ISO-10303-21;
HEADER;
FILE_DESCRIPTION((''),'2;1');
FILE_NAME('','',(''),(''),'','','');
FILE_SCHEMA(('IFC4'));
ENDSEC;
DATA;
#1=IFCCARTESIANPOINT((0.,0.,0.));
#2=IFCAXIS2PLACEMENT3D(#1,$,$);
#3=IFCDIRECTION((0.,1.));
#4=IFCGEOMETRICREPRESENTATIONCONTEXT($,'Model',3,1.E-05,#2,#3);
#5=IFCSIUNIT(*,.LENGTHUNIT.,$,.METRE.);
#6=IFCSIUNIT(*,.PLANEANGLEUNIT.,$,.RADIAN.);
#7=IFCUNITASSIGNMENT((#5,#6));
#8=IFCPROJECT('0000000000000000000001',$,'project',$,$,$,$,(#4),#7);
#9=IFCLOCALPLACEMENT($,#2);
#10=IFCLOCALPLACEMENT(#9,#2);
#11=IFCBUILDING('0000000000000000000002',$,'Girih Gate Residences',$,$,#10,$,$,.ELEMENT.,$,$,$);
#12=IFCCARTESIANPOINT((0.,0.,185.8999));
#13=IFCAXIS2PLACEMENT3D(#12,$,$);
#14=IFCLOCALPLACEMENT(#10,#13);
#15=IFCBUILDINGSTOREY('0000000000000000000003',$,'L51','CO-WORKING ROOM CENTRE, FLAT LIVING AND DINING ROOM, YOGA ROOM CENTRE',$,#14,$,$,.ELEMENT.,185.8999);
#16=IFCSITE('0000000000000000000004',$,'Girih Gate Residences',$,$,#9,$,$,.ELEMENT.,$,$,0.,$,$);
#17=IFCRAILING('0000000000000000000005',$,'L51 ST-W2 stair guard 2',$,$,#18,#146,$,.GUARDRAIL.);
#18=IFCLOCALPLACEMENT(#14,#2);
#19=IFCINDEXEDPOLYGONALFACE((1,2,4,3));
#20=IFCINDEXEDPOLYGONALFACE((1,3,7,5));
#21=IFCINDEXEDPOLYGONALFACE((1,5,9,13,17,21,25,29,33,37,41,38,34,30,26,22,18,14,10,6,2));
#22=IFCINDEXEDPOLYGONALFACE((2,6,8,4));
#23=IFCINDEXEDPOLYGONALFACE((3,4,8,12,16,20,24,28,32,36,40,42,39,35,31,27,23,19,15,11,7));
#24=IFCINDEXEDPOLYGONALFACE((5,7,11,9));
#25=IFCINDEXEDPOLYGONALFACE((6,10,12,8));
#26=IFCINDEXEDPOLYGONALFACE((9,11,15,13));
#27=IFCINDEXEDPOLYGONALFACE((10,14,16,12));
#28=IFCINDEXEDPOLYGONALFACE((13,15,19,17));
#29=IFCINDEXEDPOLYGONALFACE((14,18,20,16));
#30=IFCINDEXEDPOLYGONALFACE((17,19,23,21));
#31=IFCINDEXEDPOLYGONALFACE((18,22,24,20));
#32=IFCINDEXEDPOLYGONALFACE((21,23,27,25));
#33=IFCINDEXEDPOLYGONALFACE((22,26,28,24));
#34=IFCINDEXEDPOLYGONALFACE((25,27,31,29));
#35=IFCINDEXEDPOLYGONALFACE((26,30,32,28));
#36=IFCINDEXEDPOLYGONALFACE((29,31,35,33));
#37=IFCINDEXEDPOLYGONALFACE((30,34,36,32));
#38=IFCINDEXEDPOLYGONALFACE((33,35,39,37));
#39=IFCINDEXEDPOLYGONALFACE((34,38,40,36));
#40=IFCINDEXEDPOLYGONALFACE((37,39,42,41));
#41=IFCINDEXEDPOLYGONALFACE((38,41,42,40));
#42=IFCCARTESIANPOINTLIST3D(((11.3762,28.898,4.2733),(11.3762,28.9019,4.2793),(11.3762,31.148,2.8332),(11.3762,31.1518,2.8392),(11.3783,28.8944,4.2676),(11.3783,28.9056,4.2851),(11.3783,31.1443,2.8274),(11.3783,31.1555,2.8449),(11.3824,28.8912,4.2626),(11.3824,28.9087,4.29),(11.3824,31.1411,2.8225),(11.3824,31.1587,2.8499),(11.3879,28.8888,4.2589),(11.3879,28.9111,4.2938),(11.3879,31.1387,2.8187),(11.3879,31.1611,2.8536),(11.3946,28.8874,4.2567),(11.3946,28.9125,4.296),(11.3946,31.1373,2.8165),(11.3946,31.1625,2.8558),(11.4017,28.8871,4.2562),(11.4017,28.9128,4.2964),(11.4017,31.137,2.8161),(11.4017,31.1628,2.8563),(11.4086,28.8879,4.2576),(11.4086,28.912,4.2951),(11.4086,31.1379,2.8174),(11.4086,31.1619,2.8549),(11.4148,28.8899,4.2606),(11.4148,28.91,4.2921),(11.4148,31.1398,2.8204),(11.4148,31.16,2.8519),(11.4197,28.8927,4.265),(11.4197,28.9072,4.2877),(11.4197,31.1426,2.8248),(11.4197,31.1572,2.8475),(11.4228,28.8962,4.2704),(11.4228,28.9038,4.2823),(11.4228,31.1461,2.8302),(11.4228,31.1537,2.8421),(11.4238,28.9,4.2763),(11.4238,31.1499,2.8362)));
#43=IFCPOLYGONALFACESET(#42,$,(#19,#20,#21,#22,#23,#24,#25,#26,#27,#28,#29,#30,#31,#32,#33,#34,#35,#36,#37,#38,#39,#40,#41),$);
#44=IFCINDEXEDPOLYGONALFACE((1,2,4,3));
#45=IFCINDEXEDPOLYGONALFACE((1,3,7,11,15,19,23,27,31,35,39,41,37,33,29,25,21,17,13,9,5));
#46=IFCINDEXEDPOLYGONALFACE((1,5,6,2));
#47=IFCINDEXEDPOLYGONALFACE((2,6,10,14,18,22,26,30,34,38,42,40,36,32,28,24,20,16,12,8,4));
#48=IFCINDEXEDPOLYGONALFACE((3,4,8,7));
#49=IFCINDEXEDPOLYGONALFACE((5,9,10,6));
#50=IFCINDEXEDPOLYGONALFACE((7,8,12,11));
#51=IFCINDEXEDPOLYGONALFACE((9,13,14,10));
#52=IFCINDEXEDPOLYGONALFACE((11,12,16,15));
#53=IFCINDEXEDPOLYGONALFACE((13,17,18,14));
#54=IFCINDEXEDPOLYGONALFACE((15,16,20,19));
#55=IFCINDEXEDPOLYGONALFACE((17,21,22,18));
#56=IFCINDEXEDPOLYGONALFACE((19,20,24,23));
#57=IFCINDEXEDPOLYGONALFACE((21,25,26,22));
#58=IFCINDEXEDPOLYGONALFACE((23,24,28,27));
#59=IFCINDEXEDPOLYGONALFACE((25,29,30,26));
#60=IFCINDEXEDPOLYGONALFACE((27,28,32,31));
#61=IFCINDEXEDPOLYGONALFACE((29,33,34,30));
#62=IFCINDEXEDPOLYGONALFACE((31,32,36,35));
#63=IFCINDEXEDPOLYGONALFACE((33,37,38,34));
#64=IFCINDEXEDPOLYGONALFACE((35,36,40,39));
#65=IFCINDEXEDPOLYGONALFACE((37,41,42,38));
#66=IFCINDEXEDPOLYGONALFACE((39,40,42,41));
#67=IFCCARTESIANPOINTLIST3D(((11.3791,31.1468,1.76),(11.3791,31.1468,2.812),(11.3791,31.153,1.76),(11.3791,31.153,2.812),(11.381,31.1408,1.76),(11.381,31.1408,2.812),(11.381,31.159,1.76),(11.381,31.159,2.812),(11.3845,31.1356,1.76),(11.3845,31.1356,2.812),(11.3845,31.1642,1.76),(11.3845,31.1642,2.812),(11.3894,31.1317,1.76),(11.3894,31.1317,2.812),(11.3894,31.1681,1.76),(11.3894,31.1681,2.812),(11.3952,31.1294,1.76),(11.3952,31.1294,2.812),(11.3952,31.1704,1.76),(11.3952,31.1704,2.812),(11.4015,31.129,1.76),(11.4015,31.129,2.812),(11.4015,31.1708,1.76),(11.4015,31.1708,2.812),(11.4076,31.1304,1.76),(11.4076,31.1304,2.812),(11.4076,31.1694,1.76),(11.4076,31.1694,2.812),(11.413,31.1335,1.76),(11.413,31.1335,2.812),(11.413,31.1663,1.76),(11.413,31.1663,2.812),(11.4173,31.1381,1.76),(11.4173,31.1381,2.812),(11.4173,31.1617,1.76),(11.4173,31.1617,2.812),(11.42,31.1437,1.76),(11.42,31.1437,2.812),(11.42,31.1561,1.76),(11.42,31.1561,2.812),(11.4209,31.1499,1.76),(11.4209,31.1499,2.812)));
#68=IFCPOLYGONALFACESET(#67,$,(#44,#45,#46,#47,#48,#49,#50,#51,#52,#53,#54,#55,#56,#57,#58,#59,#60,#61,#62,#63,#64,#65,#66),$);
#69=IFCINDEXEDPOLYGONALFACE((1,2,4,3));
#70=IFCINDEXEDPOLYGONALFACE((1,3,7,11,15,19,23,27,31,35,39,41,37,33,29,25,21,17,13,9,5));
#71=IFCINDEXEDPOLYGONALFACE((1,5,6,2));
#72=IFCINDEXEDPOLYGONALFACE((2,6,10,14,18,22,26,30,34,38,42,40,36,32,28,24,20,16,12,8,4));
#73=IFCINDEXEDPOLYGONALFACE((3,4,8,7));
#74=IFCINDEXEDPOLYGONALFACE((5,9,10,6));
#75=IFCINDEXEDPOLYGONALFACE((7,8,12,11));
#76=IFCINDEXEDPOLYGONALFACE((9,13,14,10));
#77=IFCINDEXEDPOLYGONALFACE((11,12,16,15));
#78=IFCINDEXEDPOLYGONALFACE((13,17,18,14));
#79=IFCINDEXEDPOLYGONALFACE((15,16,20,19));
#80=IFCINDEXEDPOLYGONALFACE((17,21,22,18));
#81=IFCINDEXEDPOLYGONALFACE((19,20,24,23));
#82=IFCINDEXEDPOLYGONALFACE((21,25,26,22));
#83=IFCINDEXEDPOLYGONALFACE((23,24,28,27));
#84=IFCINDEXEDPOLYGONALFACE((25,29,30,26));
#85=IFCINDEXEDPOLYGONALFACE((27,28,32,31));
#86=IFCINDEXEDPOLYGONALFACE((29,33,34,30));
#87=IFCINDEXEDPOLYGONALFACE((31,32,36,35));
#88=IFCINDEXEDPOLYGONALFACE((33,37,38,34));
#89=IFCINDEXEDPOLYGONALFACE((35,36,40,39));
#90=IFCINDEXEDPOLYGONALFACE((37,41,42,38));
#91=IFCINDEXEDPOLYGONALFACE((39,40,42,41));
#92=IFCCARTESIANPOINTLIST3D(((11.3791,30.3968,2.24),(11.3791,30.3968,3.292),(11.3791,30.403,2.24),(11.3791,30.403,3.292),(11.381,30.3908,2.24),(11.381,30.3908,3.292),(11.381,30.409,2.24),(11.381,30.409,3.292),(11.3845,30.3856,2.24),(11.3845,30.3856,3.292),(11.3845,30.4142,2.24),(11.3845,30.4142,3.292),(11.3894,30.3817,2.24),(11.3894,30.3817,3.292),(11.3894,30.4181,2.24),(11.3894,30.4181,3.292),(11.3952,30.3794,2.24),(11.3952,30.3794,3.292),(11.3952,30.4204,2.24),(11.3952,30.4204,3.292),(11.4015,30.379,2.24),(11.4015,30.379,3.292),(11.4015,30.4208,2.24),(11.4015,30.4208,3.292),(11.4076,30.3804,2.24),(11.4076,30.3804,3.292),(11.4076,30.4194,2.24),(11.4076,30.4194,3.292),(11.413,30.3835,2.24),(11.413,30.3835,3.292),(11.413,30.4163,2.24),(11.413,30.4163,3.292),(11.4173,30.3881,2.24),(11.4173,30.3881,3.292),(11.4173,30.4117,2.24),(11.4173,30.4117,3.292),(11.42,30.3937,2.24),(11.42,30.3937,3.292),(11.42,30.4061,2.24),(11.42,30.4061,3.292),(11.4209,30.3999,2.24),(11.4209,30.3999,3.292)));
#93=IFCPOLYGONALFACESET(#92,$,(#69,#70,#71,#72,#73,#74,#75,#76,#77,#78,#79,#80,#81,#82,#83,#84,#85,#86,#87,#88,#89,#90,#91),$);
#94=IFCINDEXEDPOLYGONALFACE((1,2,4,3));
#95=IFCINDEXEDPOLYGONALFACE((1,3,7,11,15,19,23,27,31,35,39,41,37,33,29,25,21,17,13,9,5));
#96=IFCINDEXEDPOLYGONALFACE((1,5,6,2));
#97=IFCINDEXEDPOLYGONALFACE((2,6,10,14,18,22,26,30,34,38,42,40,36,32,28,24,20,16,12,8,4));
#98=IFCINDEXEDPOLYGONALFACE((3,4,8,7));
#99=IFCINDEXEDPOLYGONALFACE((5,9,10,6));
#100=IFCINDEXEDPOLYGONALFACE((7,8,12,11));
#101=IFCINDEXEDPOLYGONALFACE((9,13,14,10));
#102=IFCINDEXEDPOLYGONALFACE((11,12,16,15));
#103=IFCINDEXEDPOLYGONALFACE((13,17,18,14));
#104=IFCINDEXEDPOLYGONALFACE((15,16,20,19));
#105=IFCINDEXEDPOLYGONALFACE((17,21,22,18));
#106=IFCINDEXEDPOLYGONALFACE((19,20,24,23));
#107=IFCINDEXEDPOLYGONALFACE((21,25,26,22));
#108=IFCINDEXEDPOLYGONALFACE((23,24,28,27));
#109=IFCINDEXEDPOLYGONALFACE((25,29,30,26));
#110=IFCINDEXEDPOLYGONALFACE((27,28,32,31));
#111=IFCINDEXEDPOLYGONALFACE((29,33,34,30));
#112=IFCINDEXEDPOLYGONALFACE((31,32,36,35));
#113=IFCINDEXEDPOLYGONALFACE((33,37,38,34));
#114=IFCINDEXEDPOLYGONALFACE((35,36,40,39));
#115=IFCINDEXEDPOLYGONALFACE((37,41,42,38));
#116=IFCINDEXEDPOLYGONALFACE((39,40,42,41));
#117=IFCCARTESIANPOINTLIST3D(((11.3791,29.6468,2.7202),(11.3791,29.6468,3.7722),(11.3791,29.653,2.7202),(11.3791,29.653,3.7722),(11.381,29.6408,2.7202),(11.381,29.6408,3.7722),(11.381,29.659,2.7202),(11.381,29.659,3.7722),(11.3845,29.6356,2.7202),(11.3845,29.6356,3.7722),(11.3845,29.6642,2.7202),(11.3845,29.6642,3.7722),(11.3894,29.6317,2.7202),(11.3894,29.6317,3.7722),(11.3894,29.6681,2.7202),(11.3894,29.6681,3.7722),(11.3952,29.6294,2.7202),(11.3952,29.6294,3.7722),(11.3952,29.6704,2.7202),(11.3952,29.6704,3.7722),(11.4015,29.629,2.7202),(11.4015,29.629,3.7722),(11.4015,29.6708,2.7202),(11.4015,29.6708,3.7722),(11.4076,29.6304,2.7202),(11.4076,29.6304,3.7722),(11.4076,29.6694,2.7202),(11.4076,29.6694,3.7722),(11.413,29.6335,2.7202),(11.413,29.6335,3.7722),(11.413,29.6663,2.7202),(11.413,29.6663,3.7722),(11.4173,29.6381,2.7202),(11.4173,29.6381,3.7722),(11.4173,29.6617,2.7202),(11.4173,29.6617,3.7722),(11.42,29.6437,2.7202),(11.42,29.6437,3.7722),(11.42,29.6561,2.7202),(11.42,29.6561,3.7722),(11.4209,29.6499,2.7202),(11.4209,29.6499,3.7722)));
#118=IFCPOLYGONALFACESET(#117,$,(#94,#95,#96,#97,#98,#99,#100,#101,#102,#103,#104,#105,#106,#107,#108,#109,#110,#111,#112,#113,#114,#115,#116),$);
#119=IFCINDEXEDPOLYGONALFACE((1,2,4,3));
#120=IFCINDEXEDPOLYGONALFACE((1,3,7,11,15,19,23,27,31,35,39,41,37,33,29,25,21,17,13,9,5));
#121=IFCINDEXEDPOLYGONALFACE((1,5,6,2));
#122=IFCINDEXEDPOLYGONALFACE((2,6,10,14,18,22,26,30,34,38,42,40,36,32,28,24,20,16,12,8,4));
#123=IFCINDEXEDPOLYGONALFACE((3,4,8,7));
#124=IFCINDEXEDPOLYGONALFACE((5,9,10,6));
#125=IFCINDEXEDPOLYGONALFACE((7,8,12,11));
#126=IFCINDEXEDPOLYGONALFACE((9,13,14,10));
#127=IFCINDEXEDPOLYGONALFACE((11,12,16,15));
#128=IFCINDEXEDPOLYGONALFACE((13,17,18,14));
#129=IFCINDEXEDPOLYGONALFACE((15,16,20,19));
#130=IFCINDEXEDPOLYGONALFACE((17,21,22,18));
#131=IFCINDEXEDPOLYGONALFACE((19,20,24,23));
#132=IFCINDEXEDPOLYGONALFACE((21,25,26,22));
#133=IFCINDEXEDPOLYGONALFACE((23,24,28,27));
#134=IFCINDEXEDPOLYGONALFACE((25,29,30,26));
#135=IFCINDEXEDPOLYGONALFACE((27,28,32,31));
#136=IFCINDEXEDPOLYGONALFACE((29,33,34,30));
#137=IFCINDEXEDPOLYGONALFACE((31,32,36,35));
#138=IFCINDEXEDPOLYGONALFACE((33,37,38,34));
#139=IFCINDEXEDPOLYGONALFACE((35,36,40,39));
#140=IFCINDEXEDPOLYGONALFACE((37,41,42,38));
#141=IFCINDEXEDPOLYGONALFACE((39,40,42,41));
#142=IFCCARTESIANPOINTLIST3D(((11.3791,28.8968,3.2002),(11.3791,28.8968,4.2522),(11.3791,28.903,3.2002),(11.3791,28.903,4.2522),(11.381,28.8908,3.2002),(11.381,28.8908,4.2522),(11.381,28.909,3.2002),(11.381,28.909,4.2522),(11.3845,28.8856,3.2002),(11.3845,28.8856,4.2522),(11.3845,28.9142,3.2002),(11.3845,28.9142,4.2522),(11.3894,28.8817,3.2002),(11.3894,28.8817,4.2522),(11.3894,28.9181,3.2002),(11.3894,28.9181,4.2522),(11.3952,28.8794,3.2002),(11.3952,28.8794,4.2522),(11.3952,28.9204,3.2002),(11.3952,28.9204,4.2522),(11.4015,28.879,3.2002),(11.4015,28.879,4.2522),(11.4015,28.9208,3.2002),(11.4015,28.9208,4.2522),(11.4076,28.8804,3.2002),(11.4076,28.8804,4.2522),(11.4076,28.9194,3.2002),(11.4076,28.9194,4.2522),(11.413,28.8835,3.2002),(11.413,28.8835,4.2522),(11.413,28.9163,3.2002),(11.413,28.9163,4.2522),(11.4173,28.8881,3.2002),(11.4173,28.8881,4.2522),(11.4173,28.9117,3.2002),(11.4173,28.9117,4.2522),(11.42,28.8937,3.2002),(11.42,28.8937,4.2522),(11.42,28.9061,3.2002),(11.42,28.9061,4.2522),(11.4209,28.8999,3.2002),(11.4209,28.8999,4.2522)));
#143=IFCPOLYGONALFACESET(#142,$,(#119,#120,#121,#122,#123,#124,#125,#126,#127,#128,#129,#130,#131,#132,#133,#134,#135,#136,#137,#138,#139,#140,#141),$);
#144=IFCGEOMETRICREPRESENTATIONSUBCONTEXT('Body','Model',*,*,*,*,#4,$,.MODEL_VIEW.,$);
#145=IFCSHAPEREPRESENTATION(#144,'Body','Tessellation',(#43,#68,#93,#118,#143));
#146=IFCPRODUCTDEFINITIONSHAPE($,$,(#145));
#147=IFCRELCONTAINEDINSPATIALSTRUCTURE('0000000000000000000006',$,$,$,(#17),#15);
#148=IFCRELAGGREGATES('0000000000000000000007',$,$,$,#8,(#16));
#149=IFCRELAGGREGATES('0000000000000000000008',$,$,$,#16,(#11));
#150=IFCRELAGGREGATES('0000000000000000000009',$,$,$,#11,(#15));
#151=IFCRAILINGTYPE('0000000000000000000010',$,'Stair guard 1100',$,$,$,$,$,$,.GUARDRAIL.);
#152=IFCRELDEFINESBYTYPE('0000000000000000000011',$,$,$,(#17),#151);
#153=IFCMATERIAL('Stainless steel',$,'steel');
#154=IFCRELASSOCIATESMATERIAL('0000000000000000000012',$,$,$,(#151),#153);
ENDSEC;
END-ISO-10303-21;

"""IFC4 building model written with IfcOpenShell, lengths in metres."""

from ifc_helpers import new_model, si_unit, direction, frame, origin, origin_2d, place, context, subcontext, project, spatial, circle, extrude, material, type_object, element, save


model = new_model("IFC4")

# Units and contexts
model_context = context("Model", 3, precision=1e-05, world=origin(), true_north=direction((0.0, 1.0)))
body_context = subcontext(model_context, "Body", "Model", "MODEL_VIEW")
ifc_project = project(units=[si_unit("LENGTHUNIT", "METRE"), si_unit("PLANEANGLEUNIT", "RADIAN")], contexts=[model_context])

# Site, building, storey
site_placement = place(None, origin())
site = spatial("IfcSite", under=ifc_project, at=site_placement, Name="Girih Gate Residences", CompositionType="ELEMENT", RefElevation=0.0)
building_placement = place(site_placement, origin())
building = spatial("IfcBuilding", under=site, at=building_placement, Name="Girih Gate Residences", CompositionType="ELEMENT")
storey_placement = place(building_placement, frame((0.0, 0.0, 185.8999)))
storey = spatial("IfcBuildingStorey", under=building, at=storey_placement, Name="L51", Description="CO-WORKING ROOM CENTRE, FLAT LIVING AND DINING ROOM, YOGA ROOM CENTRE", CompositionType="ELEMENT", Elevation=185.8999)

# Railing
ifc_material_1 = material(Name="Stainless steel", Category="steel")
railing_type_1 = type_object("IfcRailingType", Name="Stair guard 1100", PredefinedType="GUARDRAIL", material=ifc_material_1)
railing_1_placement = place(storey_placement, frame((11.3999, 31.1499, 1.76)))
element("IfcRailing", 1, at=railing_1_placement, inside=storey, type_object=railing_type_1, Name="L51 ST-W2 stair guard 2", PredefinedType="GUARDRAIL", context=body_context, shape_type="SweptSolid", body=[
    extrude(circle(Radius=0.0239, at=origin_2d()), frame((0.0, 0.0, 1.0762), z_axis=(0.0, -0.84224, 0.539103), x_axis=(1.0, 0.0, 0.0)), (0.0, 0.0, 1.0), 2.6714),
    extrude(circle(Radius=0.021, at=origin_2d()), origin(), (0.0, 0.0, 1.0), 1.052),
    extrude(circle(Radius=0.021, at=origin_2d()), frame((0.0, -0.75, 0.48)), (0.0, 0.0, 1.0), 1.052),
    extrude(circle(Radius=0.021, at=origin_2d()), frame((0.0, -1.5, 0.9602)), (0.0, 0.0, 1.0), 1.052),
    extrude(circle(Radius=0.021, at=origin_2d()), frame((0.0, -2.25, 1.4402)), (0.0, 0.0, 1.0), 1.052),
])

save(model, "model.ifc")
